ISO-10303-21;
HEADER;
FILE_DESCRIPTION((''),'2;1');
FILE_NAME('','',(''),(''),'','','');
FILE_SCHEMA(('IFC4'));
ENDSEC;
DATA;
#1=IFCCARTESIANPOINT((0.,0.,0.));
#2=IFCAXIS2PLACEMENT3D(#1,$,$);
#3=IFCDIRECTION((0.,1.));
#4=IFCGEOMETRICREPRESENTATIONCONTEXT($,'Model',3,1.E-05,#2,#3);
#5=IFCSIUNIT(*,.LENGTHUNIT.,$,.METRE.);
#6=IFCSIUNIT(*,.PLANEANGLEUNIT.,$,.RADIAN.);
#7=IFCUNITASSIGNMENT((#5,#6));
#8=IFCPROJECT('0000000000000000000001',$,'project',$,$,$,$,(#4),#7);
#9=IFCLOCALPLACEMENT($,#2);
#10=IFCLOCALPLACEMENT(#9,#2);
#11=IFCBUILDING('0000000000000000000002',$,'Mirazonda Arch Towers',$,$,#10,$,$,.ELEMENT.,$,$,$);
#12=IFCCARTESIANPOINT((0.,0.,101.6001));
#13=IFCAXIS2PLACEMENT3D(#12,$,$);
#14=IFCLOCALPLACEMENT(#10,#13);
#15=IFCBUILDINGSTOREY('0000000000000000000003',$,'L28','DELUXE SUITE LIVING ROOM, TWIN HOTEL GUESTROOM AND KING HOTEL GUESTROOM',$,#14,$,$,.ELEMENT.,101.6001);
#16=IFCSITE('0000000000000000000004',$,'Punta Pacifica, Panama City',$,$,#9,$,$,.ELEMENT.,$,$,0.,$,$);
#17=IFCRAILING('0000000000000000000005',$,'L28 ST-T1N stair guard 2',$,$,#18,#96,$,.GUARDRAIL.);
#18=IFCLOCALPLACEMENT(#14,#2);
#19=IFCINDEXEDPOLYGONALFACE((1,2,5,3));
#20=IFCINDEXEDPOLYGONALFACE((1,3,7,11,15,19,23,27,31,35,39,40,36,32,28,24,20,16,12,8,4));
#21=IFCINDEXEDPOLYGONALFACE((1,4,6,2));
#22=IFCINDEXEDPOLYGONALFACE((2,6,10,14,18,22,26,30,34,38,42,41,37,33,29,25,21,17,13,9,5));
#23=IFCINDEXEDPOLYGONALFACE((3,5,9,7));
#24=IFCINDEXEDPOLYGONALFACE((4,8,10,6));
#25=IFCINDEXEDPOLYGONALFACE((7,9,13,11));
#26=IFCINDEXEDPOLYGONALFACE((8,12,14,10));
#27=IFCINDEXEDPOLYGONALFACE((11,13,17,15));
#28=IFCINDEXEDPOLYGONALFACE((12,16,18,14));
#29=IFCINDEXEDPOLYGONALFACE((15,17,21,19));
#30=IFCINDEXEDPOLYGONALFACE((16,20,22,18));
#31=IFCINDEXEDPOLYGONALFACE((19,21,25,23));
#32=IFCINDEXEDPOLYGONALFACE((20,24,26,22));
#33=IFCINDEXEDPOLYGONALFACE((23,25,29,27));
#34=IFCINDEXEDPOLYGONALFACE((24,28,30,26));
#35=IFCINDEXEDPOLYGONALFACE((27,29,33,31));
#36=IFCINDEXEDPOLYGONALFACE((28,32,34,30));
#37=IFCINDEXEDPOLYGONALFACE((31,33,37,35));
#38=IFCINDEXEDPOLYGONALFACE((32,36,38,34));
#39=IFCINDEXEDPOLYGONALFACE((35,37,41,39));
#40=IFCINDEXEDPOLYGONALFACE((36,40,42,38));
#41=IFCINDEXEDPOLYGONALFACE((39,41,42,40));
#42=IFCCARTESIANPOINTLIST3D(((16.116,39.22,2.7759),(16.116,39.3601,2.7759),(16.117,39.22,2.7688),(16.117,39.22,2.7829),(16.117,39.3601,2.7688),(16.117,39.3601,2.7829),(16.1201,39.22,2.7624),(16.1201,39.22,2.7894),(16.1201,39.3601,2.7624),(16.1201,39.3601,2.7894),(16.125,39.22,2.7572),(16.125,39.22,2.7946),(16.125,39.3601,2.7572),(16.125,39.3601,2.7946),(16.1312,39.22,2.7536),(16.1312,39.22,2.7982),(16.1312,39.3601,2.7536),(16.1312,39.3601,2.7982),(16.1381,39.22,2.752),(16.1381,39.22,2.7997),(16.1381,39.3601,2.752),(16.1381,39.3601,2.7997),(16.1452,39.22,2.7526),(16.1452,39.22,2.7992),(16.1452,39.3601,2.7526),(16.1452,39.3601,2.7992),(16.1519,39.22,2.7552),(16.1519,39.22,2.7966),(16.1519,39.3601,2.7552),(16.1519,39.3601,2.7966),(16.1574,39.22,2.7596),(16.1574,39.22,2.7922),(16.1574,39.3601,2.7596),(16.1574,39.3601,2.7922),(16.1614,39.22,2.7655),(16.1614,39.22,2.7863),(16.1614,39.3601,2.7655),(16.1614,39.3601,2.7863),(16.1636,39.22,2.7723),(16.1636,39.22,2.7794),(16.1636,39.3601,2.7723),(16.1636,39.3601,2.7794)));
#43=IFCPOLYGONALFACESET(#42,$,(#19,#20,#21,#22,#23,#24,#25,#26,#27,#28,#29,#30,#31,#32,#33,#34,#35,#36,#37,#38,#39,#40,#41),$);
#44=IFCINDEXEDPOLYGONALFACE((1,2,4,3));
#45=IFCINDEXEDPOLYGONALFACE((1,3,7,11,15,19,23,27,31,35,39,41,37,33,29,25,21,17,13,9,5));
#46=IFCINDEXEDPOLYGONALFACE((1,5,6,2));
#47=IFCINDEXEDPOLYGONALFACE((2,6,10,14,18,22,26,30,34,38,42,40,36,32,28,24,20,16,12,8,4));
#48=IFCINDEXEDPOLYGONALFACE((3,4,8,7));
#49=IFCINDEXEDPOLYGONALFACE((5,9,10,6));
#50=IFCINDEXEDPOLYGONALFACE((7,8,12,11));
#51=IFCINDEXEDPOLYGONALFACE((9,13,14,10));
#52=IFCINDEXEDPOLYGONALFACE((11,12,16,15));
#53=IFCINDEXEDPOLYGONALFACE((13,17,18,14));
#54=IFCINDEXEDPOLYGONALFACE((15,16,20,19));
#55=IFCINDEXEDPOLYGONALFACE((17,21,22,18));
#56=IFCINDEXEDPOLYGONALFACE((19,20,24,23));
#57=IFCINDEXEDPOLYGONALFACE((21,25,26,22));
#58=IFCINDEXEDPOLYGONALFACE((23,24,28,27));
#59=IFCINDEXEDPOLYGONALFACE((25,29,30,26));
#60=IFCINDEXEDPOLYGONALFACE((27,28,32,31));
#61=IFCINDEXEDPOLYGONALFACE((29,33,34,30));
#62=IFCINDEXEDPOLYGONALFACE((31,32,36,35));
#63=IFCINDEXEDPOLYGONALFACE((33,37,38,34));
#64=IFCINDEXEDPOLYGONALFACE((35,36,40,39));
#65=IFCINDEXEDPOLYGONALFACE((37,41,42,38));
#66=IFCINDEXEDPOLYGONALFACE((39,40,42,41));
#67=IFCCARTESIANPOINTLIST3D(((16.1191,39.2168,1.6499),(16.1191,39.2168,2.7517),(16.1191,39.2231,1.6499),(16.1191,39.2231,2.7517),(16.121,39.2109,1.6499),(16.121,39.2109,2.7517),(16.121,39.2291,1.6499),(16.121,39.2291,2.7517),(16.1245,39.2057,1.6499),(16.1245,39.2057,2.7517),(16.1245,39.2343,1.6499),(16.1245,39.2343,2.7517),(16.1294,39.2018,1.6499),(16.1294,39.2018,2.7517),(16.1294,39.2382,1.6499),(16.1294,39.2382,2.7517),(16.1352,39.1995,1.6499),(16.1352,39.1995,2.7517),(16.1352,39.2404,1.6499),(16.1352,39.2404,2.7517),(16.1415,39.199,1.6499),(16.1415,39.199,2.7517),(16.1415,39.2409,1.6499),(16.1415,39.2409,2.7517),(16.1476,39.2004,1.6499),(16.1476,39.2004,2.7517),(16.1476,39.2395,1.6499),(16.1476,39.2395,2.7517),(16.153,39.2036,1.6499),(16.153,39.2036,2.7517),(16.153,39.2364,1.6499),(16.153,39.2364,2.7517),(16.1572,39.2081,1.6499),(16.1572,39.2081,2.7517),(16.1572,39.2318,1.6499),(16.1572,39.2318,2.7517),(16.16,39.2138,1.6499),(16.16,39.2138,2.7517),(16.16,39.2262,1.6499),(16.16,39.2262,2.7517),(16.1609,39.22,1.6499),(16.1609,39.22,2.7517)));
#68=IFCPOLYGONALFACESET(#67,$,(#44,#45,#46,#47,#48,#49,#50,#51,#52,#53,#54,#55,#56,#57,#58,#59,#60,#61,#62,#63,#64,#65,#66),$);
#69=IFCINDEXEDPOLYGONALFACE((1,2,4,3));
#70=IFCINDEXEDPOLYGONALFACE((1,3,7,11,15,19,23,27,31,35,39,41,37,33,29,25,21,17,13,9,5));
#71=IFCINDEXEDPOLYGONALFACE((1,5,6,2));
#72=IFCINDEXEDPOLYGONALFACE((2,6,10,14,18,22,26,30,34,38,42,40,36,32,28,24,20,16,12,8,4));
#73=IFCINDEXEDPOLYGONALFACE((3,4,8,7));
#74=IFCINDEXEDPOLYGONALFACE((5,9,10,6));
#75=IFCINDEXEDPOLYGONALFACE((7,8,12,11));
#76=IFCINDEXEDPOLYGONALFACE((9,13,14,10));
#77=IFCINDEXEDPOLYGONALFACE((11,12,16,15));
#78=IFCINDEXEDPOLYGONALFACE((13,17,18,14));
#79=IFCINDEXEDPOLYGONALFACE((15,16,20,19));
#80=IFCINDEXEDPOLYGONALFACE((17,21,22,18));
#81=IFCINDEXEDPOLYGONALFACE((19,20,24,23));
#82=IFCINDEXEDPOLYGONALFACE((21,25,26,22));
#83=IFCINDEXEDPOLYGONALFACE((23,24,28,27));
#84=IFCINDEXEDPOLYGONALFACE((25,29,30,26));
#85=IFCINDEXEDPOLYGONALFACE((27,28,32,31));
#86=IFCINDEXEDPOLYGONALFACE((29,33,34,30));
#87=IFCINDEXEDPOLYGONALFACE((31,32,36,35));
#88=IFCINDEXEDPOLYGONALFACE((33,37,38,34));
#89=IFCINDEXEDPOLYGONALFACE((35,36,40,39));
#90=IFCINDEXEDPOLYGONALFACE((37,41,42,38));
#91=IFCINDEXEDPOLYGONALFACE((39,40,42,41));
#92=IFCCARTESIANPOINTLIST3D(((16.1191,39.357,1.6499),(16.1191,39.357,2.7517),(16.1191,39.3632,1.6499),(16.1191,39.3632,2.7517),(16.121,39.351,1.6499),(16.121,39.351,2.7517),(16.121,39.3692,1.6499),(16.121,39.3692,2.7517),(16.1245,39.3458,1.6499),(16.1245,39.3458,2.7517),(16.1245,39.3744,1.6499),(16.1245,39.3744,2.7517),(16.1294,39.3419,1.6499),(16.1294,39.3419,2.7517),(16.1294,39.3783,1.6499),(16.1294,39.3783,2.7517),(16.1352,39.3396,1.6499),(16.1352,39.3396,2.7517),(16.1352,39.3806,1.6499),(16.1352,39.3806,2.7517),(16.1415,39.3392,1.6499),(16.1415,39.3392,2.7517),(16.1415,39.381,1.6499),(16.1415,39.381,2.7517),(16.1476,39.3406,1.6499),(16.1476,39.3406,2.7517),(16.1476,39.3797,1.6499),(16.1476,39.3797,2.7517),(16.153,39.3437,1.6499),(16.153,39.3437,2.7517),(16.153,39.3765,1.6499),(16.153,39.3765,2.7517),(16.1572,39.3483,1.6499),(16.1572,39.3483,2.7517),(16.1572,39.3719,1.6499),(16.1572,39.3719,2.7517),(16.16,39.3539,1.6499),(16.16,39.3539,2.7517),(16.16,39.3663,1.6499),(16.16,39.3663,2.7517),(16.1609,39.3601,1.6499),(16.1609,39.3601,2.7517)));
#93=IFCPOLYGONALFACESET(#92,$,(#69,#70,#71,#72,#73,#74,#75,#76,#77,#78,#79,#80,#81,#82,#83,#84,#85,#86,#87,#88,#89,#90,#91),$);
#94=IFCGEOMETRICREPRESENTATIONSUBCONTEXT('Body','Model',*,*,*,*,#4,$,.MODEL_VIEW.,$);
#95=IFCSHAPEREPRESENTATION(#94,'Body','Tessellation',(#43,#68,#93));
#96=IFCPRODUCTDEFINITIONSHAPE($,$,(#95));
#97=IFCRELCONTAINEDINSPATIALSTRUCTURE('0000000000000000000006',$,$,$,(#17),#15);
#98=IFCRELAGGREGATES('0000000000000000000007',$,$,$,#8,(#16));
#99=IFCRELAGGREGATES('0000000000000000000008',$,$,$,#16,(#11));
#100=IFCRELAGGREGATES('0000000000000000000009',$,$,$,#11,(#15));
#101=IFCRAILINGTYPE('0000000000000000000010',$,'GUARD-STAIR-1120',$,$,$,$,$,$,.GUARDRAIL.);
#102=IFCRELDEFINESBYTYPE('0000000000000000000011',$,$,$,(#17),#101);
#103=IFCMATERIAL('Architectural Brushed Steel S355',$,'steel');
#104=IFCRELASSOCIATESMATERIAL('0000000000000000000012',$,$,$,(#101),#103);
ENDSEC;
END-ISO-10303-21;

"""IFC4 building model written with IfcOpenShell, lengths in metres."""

from ifc_helpers import new_model, si_unit, direction, frame, origin, origin_2d, place, context, subcontext, project, spatial, circle, extrude, material, type_object, element, save


model = new_model("IFC4")

# Units and contexts
model_context = context("Model", 3, precision=1e-05, world=origin(), true_north=direction((0.0, 1.0)))
body_context = subcontext(model_context, "Body", "Model", "MODEL_VIEW")
ifc_project = project(units=[si_unit("LENGTHUNIT", "METRE"), si_unit("PLANEANGLEUNIT", "RADIAN")], contexts=[model_context])

# Site, building, storey
site_placement = place(None, origin())
site = spatial("IfcSite", under=ifc_project, at=site_placement, Name="Punta Pacifica, Panama City", CompositionType="ELEMENT", RefElevation=0.0)
building_placement = place(site_placement, origin())
building = spatial("IfcBuilding", under=site, at=building_placement, Name="Mirazonda Arch Towers", CompositionType="ELEMENT")
storey_placement = place(building_placement, frame((0.0, 0.0, 101.6001)))
storey = spatial("IfcBuildingStorey", under=building, at=storey_placement, Name="L28", Description="DELUXE SUITE LIVING ROOM, TWIN HOTEL GUESTROOM AND KING HOTEL GUESTROOM", CompositionType="ELEMENT", Elevation=101.6001)

# Shared definitions
ifc_material_1 = material(Name="Architectural Brushed Steel S355", Category="steel")

# Railing
railing_type_1 = type_object("IfcRailingType", Name="GUARD-STAIR-1120", PredefinedType="GUARDRAIL", material=ifc_material_1)
railing_1_placement = place(storey_placement, frame((16.1399, 39.22, 1.6499)))
element("IfcRailing", 1, at=railing_1_placement, inside=storey, type_object=railing_type_1, Name="L28 ST-T1N stair guard 2", PredefinedType="GUARDRAIL", context=body_context, shape_type="SweptSolid", body=[
    extrude(circle(Radius=0.0239, at=origin_2d()), frame((0.0, 0.0, 1.126), z_axis=(0.0, 1.0, 0.0), x_axis=(-1.0, 0.0, 0.0)), (0.0, 0.0, 1.0), 0.1401),
    extrude(circle(Radius=0.021, at=origin_2d()), origin(), (0.0, 0.0, 1.0), 1.1018),
    extrude(circle(Radius=0.021, at=origin_2d()), frame((0.0, 0.1401, 0.0)), (0.0, 0.0, 1.0), 1.1018),
])

save(model, "model.ifc")
